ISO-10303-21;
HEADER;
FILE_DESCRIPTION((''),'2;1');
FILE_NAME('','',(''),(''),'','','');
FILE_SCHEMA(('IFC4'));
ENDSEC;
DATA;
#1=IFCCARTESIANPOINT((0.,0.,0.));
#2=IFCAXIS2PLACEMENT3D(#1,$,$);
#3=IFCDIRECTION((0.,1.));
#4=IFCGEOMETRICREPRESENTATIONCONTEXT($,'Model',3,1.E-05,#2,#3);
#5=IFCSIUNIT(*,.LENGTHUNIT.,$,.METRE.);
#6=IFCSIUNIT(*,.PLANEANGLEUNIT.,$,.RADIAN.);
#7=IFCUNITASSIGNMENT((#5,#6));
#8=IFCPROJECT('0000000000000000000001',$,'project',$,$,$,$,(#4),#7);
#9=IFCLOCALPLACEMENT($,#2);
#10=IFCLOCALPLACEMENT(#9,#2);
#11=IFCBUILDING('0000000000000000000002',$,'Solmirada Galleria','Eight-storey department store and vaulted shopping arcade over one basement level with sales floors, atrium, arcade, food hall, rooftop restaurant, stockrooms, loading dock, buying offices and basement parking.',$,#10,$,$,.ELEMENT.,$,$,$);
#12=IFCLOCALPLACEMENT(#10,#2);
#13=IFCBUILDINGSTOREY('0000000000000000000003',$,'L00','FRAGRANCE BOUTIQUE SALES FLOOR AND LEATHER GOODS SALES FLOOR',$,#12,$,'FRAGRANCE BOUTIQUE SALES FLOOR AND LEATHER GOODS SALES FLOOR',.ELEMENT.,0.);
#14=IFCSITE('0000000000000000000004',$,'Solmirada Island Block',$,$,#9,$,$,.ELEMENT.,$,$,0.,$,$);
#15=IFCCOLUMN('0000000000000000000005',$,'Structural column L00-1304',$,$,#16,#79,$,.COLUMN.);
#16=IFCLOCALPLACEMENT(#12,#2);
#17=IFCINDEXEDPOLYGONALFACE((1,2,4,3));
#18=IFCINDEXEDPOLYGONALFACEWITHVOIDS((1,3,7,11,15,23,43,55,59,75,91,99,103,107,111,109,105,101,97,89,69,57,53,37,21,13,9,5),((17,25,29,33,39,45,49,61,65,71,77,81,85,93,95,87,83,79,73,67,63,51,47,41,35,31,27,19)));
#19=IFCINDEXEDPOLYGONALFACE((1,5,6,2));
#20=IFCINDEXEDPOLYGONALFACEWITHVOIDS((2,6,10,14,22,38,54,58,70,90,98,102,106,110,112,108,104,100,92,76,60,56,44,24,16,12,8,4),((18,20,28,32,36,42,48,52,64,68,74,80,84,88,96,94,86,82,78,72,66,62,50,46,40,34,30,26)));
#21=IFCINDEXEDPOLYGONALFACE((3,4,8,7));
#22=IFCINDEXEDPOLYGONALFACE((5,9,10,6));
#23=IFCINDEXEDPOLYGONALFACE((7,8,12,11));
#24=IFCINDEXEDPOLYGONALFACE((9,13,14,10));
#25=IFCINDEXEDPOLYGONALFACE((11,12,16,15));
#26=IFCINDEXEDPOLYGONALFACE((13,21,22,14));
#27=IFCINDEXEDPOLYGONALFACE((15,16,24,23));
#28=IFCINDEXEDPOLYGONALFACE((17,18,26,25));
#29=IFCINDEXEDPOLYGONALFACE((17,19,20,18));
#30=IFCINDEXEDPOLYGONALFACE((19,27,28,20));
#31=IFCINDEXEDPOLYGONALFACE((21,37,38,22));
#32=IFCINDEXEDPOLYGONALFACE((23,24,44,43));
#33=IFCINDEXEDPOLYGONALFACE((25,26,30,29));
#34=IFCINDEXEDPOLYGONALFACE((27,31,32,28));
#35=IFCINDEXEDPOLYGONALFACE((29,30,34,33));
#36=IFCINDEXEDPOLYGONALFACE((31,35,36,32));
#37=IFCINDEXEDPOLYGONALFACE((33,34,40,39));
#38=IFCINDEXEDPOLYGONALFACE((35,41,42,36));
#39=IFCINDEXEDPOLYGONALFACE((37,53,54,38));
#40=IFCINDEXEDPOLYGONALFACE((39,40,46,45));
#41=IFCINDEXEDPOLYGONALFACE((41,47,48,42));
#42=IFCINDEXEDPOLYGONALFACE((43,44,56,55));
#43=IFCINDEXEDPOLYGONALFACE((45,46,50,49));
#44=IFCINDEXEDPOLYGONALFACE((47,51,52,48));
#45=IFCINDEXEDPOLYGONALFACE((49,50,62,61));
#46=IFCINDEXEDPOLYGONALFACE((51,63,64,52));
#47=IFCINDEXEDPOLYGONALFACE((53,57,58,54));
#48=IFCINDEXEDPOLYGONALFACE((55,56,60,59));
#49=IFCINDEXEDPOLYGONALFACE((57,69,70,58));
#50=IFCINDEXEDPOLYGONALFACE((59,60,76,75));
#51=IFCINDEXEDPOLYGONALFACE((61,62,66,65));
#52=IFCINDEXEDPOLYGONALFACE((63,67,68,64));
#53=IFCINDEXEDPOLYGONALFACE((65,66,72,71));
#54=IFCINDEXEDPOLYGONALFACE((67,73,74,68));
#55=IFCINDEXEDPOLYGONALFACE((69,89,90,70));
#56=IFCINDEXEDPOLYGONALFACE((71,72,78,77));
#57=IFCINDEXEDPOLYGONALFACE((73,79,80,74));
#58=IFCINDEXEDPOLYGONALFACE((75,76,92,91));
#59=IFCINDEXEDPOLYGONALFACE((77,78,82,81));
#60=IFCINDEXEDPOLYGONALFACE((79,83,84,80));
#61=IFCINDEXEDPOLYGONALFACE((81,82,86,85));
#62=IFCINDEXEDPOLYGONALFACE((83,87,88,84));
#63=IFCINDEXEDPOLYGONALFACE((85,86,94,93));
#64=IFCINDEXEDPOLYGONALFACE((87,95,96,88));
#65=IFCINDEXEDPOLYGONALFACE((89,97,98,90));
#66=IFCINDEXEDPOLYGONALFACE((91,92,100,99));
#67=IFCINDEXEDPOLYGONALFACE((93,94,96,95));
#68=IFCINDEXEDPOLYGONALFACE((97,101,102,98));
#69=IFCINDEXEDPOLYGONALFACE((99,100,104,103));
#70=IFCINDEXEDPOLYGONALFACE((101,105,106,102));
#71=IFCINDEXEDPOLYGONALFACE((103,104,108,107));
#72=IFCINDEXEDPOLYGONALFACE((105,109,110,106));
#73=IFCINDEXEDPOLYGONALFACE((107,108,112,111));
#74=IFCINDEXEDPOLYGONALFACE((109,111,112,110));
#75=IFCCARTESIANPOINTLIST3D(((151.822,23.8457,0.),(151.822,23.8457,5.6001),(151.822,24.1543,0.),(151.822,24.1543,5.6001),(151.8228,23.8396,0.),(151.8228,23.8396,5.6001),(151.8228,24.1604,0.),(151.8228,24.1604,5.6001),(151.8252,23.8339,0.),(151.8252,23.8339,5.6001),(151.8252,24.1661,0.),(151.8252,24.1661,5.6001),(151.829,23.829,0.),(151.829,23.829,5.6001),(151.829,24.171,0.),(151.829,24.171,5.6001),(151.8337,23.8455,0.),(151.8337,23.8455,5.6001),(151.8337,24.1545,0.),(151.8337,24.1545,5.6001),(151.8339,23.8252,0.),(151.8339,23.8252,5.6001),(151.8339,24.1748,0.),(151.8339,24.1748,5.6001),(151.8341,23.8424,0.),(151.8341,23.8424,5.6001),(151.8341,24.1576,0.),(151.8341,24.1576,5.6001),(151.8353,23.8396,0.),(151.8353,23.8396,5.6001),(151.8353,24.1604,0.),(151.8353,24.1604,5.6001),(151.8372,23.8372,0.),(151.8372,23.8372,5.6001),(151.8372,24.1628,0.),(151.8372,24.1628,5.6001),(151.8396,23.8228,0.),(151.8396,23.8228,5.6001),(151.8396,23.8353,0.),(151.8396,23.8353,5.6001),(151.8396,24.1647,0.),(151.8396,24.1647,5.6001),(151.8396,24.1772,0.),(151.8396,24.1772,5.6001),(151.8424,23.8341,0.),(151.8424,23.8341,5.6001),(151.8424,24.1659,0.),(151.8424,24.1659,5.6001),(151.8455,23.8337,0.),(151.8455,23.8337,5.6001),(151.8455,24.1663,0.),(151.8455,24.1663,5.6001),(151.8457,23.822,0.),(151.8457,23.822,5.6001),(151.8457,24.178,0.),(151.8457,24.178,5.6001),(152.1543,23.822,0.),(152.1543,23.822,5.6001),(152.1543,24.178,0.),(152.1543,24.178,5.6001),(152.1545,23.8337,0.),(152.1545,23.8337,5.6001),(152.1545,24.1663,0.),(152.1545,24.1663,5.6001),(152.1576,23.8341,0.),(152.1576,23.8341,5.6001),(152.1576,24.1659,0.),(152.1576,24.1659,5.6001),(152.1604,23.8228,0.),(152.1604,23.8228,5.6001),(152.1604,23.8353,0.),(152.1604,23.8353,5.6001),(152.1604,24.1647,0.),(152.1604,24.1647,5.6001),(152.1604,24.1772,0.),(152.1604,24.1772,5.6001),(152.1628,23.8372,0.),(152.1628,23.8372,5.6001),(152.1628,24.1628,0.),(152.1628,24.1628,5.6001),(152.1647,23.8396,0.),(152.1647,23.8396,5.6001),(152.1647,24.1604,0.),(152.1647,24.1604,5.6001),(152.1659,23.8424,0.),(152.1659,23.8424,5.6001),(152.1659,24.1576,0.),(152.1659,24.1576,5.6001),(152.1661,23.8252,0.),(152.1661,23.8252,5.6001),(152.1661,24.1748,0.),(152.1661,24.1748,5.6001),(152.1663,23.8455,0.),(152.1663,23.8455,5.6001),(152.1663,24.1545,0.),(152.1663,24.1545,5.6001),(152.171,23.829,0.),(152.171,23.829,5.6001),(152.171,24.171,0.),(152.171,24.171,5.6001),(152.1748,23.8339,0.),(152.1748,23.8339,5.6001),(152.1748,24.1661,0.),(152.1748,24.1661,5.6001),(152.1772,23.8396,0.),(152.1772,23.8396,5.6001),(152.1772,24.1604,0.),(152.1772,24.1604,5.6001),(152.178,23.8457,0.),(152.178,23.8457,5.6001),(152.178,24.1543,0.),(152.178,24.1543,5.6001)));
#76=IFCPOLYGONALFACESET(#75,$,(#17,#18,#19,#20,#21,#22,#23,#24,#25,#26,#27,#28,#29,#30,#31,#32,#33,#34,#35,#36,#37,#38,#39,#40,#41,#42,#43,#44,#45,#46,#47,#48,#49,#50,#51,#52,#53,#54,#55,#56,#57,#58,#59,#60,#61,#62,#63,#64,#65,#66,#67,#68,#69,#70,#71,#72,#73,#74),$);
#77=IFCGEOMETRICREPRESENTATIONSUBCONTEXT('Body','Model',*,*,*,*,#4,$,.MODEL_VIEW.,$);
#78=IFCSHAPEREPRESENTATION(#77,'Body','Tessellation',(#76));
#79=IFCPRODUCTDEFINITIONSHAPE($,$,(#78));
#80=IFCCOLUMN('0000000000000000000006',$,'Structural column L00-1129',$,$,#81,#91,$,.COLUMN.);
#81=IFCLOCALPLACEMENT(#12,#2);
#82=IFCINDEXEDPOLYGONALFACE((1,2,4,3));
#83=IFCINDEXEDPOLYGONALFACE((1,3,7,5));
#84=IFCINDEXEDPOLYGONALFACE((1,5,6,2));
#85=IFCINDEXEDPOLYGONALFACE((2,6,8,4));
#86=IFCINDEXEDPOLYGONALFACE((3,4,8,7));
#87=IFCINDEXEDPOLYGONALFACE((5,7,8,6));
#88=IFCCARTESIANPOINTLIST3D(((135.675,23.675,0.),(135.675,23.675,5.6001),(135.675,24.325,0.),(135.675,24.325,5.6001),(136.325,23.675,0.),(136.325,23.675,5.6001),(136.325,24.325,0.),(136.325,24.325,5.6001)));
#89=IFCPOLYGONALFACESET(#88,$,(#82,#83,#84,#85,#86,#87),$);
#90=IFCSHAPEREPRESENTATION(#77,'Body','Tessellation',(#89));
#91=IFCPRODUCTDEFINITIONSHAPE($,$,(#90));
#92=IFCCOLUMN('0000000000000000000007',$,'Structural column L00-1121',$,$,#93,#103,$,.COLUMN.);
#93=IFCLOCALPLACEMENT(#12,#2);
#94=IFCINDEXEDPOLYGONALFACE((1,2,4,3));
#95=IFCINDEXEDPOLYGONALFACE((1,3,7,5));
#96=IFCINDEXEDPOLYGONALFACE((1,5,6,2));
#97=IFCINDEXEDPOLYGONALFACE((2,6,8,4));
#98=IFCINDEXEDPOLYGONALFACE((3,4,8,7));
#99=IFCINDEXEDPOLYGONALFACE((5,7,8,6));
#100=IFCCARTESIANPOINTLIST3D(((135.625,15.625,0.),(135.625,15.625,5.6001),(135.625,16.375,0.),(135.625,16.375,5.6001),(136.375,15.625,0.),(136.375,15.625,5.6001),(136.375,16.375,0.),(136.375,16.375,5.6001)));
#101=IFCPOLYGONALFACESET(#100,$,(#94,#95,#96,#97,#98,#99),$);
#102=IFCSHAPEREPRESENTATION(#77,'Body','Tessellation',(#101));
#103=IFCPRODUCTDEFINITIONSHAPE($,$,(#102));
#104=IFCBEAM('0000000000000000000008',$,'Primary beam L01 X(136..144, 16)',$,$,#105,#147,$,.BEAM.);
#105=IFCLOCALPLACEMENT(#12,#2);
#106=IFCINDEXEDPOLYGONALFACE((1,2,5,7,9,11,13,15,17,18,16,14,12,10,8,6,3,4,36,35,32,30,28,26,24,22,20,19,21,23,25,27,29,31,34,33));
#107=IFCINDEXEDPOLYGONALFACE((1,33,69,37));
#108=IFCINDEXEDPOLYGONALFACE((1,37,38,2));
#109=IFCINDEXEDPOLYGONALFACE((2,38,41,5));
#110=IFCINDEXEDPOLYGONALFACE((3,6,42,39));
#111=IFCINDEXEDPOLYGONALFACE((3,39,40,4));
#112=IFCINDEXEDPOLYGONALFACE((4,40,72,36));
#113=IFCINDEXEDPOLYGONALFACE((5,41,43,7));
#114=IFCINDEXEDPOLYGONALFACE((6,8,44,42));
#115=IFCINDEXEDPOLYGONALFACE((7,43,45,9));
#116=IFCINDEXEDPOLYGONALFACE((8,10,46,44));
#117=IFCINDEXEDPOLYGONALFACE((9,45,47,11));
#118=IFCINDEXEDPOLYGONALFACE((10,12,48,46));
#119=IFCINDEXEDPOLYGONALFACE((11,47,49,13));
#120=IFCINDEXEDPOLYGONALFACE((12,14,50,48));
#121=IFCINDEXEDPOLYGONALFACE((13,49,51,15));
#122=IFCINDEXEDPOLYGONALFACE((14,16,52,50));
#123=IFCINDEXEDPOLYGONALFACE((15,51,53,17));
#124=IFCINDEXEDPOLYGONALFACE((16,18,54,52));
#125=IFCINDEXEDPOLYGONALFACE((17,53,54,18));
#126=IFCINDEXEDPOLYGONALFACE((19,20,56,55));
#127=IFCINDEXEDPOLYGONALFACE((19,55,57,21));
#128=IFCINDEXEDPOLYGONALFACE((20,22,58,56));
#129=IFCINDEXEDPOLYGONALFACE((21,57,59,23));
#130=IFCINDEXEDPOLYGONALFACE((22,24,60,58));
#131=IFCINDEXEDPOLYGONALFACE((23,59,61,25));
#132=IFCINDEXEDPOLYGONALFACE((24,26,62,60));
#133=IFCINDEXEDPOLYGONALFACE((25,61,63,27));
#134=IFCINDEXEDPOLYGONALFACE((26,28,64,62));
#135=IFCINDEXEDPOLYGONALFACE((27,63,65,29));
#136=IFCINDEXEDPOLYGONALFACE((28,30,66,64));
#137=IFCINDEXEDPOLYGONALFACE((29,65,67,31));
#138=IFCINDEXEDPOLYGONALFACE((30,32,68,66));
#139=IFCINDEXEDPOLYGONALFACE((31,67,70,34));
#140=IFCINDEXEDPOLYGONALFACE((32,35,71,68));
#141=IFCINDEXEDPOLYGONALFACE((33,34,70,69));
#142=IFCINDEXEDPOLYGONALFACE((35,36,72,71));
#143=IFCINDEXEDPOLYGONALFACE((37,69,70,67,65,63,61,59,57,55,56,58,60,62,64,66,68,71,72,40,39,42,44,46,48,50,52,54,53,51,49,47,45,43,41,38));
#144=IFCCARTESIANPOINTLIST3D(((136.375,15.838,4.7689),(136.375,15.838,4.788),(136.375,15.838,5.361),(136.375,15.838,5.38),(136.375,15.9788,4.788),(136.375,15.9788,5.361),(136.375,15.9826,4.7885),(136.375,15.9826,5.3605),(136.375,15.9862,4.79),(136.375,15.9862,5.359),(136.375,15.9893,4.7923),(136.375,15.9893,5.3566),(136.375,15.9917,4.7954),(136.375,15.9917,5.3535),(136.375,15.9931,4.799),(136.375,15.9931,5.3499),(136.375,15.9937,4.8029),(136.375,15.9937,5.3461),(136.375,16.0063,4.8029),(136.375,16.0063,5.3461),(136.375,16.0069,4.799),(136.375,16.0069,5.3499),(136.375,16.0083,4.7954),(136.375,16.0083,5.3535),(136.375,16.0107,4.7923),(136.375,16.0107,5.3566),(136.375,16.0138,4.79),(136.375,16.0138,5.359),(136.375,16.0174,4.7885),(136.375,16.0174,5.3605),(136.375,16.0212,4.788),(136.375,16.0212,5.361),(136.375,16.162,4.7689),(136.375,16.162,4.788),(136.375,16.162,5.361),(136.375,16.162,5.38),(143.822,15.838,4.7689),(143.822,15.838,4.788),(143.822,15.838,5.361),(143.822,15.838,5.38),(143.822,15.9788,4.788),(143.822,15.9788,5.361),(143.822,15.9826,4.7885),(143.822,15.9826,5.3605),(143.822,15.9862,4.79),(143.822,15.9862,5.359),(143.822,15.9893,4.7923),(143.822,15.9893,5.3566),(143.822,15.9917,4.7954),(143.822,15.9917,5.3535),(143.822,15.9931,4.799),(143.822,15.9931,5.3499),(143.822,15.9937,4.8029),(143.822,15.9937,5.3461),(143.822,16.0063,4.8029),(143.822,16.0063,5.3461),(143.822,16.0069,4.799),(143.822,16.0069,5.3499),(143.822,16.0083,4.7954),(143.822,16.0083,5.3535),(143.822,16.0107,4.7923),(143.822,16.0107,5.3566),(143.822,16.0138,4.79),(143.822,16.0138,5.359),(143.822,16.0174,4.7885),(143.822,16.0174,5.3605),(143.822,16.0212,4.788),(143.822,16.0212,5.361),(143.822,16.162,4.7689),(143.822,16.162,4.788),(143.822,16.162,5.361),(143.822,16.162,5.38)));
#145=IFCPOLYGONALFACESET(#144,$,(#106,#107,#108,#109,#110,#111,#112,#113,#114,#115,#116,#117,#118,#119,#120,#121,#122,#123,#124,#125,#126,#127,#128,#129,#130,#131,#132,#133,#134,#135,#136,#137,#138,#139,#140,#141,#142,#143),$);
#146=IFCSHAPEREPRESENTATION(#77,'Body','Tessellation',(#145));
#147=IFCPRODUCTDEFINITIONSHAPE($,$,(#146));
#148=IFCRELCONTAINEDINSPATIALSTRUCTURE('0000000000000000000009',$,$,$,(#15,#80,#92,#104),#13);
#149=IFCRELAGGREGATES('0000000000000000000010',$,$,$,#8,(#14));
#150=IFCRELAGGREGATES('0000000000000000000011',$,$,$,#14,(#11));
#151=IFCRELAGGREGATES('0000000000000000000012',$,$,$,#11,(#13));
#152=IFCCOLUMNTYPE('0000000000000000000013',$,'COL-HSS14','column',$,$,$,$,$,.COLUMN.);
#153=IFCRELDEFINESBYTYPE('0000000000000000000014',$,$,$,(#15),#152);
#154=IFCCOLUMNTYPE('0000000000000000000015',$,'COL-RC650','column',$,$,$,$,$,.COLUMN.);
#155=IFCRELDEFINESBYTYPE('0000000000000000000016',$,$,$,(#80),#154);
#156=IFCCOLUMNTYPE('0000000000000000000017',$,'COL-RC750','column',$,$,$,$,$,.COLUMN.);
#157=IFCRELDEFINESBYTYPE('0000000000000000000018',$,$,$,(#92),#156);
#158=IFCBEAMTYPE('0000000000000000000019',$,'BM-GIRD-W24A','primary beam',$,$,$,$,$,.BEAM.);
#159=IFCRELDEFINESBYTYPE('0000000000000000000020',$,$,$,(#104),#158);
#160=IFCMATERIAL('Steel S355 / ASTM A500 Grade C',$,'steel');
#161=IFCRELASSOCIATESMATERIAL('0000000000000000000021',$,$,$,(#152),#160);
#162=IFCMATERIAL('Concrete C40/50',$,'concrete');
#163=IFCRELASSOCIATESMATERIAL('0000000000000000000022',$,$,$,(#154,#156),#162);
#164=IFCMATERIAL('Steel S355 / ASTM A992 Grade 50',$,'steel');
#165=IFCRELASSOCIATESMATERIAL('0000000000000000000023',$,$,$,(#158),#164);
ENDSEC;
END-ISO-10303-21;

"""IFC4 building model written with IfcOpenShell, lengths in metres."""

from ifc_helpers import new_model, si_unit, direction, frame, origin, origin_2d, place, context, subcontext, project, spatial, rectangle, hollow_rectangle, i_section, extrude, material, material_profile, profile_set, type_object, element, save


model = new_model("IFC4")

# Units and contexts
model_context = context("Model", 3, precision=1e-05, world=origin(), true_north=direction((0.0, 1.0)))
body_context = subcontext(model_context, "Body", "Model", "MODEL_VIEW")
ifc_project = project(units=[si_unit("LENGTHUNIT", "METRE"), si_unit("PLANEANGLEUNIT", "RADIAN")], contexts=[model_context])

# Site, building, storey
site_placement = place(None, origin())
site = spatial("IfcSite", under=ifc_project, at=site_placement, Name="Solmirada Island Block", CompositionType="ELEMENT", RefElevation=0.0)
building_placement = place(site_placement, origin())
building = spatial("IfcBuilding", under=site, at=building_placement, Name="Solmirada Galleria", Description="Eight-storey department store and vaulted shopping arcade over one basement level with sales floors, atrium, arcade, food hall, rooftop restaurant, stockrooms, loading dock, buying offices and basement parking.", CompositionType="ELEMENT")
storey_placement = place(building_placement, origin())
storey = spatial("IfcBuildingStorey", under=building, at=storey_placement, Name="L00", Description="FRAGRANCE BOUTIQUE SALES FLOOR AND LEATHER GOODS SALES FLOOR", LongName="FRAGRANCE BOUTIQUE SALES FLOOR AND LEATHER GOODS SALES FLOOR", CompositionType="ELEMENT", Elevation=0.0)

# Columns
ifc_material_1 = material(Name="Steel S355 / ASTM A500 Grade C", Category="steel")
ifc_material_profile_1 = material_profile(ifc_material_1, hollow_rectangle(XDim=0.356, YDim=0.356, WallThickness=0.0117, InnerFilletRadius=0.0117, OuterFilletRadius=0.0237, at=origin_2d()), Name="HSS14X14X1/2")
ifc_profile_set_1 = profile_set([ifc_material_profile_1], Name="Steel S355 / ASTM A500 Grade C")
column_type_1 = type_object("IfcColumnType", Name="COL-HSS14", Description="column", PredefinedType="COLUMN", material=ifc_profile_set_1)
for number, where, z_axis, x_axis, name in (
    (1, (152.0, 24.0, 0.0), (0.0, 0.0, 1.0), (1.0, 0.0, 0.0), "Structural column L00-1304"),
):
    element("IfcColumn", number, at=place(storey_placement, frame(where, z_axis=z_axis, x_axis=x_axis)), inside=storey, type_object=column_type_1, Name=name, PredefinedType="COLUMN", context=body_context, shape_type="SweptSolid", body=[
        extrude(hollow_rectangle(XDim=0.356, YDim=0.356, WallThickness=0.0117, InnerFilletRadius=0.0117, OuterFilletRadius=0.0237, at=origin_2d()), origin(), (0.0, 0.0, 1.0), 5.6001),
    ])
ifc_material_2 = material(Name="Concrete C40/50", Category="concrete")
ifc_material_profile_2 = material_profile(ifc_material_2, rectangle(XDim=0.6499, YDim=0.6499, at=origin_2d()), Name="RC650X650")
ifc_profile_set_2 = profile_set([ifc_material_profile_2], Name="Concrete C40/50")
column_type_2 = type_object("IfcColumnType", Name="COL-RC650", Description="column", PredefinedType="COLUMN", material=ifc_profile_set_2)
column_1_placement = place(storey_placement, frame((136.0, 24.0, 0.0), z_axis=(0.0, 0.0, 1.0), x_axis=(1.0, 0.0, 0.0)))
element("IfcColumn", 2, at=column_1_placement, inside=storey, type_object=column_type_2, Name="Structural column L00-1129", PredefinedType="COLUMN", context=body_context, shape_type="SweptSolid", body=[
    extrude(rectangle(XDim=0.6499, YDim=0.6499, at=origin_2d()), origin(), (0.0, 0.0, 1.0), 5.6001),
])
ifc_material_profile_3 = material_profile(ifc_material_2, rectangle(XDim=0.75, YDim=0.75, at=origin_2d()), Name="RC750X750")
ifc_profile_set_3 = profile_set([ifc_material_profile_3], Name="Concrete C40/50")
column_type_3 = type_object("IfcColumnType", Name="COL-RC750", Description="column", PredefinedType="COLUMN", material=ifc_profile_set_3)
column_2_placement = place(storey_placement, frame((136.0, 16.0, 0.0), z_axis=(0.0, 0.0, 1.0), x_axis=(1.0, 0.0, 0.0)))
element("IfcColumn", 3, at=column_2_placement, inside=storey, type_object=column_type_3, Name="Structural column L00-1121", PredefinedType="COLUMN", context=body_context, shape_type="SweptSolid", body=[
    extrude(rectangle(XDim=0.75, YDim=0.75, at=origin_2d()), origin(), (0.0, 0.0, 1.0), 5.6001),
])

# Beam
ifc_material_3 = material(Name="Steel S355 / ASTM A992 Grade 50", Category="steel")
ifc_material_profile_4 = material_profile(ifc_material_3, i_section(OverallWidth=0.324, OverallDepth=0.6111, WebThickness=0.0127, FlangeThickness=0.019, FilletRadius=0.0149, at=origin_2d()), Name="W24X104")
ifc_profile_set_4 = profile_set([ifc_material_profile_4], Name="Steel S355 / ASTM A992 Grade 50")
beam_type_1 = type_object("IfcBeamType", Name="BM-GIRD-W24A", Description="primary beam", PredefinedType="BEAM", material=ifc_profile_set_4)
beam_1_placement = place(storey_placement, frame((136.375, 16.0, 5.0745), z_axis=(1.0, 0.0, 0.0), x_axis=(0.0, 1.0, 0.0)))
element("IfcBeam", 4, at=beam_1_placement, inside=storey, type_object=beam_type_1, Name="Primary beam L01 X(136..144, 16)", PredefinedType="BEAM", context=body_context, shape_type="SweptSolid", body=[
    extrude(i_section(OverallWidth=0.324, OverallDepth=0.6111, WebThickness=0.0127, FlangeThickness=0.019, FilletRadius=0.0149, at=origin_2d()), origin(), (0.0, 0.0, 1.0), 7.447),
])

save(model, "model.ifc")
